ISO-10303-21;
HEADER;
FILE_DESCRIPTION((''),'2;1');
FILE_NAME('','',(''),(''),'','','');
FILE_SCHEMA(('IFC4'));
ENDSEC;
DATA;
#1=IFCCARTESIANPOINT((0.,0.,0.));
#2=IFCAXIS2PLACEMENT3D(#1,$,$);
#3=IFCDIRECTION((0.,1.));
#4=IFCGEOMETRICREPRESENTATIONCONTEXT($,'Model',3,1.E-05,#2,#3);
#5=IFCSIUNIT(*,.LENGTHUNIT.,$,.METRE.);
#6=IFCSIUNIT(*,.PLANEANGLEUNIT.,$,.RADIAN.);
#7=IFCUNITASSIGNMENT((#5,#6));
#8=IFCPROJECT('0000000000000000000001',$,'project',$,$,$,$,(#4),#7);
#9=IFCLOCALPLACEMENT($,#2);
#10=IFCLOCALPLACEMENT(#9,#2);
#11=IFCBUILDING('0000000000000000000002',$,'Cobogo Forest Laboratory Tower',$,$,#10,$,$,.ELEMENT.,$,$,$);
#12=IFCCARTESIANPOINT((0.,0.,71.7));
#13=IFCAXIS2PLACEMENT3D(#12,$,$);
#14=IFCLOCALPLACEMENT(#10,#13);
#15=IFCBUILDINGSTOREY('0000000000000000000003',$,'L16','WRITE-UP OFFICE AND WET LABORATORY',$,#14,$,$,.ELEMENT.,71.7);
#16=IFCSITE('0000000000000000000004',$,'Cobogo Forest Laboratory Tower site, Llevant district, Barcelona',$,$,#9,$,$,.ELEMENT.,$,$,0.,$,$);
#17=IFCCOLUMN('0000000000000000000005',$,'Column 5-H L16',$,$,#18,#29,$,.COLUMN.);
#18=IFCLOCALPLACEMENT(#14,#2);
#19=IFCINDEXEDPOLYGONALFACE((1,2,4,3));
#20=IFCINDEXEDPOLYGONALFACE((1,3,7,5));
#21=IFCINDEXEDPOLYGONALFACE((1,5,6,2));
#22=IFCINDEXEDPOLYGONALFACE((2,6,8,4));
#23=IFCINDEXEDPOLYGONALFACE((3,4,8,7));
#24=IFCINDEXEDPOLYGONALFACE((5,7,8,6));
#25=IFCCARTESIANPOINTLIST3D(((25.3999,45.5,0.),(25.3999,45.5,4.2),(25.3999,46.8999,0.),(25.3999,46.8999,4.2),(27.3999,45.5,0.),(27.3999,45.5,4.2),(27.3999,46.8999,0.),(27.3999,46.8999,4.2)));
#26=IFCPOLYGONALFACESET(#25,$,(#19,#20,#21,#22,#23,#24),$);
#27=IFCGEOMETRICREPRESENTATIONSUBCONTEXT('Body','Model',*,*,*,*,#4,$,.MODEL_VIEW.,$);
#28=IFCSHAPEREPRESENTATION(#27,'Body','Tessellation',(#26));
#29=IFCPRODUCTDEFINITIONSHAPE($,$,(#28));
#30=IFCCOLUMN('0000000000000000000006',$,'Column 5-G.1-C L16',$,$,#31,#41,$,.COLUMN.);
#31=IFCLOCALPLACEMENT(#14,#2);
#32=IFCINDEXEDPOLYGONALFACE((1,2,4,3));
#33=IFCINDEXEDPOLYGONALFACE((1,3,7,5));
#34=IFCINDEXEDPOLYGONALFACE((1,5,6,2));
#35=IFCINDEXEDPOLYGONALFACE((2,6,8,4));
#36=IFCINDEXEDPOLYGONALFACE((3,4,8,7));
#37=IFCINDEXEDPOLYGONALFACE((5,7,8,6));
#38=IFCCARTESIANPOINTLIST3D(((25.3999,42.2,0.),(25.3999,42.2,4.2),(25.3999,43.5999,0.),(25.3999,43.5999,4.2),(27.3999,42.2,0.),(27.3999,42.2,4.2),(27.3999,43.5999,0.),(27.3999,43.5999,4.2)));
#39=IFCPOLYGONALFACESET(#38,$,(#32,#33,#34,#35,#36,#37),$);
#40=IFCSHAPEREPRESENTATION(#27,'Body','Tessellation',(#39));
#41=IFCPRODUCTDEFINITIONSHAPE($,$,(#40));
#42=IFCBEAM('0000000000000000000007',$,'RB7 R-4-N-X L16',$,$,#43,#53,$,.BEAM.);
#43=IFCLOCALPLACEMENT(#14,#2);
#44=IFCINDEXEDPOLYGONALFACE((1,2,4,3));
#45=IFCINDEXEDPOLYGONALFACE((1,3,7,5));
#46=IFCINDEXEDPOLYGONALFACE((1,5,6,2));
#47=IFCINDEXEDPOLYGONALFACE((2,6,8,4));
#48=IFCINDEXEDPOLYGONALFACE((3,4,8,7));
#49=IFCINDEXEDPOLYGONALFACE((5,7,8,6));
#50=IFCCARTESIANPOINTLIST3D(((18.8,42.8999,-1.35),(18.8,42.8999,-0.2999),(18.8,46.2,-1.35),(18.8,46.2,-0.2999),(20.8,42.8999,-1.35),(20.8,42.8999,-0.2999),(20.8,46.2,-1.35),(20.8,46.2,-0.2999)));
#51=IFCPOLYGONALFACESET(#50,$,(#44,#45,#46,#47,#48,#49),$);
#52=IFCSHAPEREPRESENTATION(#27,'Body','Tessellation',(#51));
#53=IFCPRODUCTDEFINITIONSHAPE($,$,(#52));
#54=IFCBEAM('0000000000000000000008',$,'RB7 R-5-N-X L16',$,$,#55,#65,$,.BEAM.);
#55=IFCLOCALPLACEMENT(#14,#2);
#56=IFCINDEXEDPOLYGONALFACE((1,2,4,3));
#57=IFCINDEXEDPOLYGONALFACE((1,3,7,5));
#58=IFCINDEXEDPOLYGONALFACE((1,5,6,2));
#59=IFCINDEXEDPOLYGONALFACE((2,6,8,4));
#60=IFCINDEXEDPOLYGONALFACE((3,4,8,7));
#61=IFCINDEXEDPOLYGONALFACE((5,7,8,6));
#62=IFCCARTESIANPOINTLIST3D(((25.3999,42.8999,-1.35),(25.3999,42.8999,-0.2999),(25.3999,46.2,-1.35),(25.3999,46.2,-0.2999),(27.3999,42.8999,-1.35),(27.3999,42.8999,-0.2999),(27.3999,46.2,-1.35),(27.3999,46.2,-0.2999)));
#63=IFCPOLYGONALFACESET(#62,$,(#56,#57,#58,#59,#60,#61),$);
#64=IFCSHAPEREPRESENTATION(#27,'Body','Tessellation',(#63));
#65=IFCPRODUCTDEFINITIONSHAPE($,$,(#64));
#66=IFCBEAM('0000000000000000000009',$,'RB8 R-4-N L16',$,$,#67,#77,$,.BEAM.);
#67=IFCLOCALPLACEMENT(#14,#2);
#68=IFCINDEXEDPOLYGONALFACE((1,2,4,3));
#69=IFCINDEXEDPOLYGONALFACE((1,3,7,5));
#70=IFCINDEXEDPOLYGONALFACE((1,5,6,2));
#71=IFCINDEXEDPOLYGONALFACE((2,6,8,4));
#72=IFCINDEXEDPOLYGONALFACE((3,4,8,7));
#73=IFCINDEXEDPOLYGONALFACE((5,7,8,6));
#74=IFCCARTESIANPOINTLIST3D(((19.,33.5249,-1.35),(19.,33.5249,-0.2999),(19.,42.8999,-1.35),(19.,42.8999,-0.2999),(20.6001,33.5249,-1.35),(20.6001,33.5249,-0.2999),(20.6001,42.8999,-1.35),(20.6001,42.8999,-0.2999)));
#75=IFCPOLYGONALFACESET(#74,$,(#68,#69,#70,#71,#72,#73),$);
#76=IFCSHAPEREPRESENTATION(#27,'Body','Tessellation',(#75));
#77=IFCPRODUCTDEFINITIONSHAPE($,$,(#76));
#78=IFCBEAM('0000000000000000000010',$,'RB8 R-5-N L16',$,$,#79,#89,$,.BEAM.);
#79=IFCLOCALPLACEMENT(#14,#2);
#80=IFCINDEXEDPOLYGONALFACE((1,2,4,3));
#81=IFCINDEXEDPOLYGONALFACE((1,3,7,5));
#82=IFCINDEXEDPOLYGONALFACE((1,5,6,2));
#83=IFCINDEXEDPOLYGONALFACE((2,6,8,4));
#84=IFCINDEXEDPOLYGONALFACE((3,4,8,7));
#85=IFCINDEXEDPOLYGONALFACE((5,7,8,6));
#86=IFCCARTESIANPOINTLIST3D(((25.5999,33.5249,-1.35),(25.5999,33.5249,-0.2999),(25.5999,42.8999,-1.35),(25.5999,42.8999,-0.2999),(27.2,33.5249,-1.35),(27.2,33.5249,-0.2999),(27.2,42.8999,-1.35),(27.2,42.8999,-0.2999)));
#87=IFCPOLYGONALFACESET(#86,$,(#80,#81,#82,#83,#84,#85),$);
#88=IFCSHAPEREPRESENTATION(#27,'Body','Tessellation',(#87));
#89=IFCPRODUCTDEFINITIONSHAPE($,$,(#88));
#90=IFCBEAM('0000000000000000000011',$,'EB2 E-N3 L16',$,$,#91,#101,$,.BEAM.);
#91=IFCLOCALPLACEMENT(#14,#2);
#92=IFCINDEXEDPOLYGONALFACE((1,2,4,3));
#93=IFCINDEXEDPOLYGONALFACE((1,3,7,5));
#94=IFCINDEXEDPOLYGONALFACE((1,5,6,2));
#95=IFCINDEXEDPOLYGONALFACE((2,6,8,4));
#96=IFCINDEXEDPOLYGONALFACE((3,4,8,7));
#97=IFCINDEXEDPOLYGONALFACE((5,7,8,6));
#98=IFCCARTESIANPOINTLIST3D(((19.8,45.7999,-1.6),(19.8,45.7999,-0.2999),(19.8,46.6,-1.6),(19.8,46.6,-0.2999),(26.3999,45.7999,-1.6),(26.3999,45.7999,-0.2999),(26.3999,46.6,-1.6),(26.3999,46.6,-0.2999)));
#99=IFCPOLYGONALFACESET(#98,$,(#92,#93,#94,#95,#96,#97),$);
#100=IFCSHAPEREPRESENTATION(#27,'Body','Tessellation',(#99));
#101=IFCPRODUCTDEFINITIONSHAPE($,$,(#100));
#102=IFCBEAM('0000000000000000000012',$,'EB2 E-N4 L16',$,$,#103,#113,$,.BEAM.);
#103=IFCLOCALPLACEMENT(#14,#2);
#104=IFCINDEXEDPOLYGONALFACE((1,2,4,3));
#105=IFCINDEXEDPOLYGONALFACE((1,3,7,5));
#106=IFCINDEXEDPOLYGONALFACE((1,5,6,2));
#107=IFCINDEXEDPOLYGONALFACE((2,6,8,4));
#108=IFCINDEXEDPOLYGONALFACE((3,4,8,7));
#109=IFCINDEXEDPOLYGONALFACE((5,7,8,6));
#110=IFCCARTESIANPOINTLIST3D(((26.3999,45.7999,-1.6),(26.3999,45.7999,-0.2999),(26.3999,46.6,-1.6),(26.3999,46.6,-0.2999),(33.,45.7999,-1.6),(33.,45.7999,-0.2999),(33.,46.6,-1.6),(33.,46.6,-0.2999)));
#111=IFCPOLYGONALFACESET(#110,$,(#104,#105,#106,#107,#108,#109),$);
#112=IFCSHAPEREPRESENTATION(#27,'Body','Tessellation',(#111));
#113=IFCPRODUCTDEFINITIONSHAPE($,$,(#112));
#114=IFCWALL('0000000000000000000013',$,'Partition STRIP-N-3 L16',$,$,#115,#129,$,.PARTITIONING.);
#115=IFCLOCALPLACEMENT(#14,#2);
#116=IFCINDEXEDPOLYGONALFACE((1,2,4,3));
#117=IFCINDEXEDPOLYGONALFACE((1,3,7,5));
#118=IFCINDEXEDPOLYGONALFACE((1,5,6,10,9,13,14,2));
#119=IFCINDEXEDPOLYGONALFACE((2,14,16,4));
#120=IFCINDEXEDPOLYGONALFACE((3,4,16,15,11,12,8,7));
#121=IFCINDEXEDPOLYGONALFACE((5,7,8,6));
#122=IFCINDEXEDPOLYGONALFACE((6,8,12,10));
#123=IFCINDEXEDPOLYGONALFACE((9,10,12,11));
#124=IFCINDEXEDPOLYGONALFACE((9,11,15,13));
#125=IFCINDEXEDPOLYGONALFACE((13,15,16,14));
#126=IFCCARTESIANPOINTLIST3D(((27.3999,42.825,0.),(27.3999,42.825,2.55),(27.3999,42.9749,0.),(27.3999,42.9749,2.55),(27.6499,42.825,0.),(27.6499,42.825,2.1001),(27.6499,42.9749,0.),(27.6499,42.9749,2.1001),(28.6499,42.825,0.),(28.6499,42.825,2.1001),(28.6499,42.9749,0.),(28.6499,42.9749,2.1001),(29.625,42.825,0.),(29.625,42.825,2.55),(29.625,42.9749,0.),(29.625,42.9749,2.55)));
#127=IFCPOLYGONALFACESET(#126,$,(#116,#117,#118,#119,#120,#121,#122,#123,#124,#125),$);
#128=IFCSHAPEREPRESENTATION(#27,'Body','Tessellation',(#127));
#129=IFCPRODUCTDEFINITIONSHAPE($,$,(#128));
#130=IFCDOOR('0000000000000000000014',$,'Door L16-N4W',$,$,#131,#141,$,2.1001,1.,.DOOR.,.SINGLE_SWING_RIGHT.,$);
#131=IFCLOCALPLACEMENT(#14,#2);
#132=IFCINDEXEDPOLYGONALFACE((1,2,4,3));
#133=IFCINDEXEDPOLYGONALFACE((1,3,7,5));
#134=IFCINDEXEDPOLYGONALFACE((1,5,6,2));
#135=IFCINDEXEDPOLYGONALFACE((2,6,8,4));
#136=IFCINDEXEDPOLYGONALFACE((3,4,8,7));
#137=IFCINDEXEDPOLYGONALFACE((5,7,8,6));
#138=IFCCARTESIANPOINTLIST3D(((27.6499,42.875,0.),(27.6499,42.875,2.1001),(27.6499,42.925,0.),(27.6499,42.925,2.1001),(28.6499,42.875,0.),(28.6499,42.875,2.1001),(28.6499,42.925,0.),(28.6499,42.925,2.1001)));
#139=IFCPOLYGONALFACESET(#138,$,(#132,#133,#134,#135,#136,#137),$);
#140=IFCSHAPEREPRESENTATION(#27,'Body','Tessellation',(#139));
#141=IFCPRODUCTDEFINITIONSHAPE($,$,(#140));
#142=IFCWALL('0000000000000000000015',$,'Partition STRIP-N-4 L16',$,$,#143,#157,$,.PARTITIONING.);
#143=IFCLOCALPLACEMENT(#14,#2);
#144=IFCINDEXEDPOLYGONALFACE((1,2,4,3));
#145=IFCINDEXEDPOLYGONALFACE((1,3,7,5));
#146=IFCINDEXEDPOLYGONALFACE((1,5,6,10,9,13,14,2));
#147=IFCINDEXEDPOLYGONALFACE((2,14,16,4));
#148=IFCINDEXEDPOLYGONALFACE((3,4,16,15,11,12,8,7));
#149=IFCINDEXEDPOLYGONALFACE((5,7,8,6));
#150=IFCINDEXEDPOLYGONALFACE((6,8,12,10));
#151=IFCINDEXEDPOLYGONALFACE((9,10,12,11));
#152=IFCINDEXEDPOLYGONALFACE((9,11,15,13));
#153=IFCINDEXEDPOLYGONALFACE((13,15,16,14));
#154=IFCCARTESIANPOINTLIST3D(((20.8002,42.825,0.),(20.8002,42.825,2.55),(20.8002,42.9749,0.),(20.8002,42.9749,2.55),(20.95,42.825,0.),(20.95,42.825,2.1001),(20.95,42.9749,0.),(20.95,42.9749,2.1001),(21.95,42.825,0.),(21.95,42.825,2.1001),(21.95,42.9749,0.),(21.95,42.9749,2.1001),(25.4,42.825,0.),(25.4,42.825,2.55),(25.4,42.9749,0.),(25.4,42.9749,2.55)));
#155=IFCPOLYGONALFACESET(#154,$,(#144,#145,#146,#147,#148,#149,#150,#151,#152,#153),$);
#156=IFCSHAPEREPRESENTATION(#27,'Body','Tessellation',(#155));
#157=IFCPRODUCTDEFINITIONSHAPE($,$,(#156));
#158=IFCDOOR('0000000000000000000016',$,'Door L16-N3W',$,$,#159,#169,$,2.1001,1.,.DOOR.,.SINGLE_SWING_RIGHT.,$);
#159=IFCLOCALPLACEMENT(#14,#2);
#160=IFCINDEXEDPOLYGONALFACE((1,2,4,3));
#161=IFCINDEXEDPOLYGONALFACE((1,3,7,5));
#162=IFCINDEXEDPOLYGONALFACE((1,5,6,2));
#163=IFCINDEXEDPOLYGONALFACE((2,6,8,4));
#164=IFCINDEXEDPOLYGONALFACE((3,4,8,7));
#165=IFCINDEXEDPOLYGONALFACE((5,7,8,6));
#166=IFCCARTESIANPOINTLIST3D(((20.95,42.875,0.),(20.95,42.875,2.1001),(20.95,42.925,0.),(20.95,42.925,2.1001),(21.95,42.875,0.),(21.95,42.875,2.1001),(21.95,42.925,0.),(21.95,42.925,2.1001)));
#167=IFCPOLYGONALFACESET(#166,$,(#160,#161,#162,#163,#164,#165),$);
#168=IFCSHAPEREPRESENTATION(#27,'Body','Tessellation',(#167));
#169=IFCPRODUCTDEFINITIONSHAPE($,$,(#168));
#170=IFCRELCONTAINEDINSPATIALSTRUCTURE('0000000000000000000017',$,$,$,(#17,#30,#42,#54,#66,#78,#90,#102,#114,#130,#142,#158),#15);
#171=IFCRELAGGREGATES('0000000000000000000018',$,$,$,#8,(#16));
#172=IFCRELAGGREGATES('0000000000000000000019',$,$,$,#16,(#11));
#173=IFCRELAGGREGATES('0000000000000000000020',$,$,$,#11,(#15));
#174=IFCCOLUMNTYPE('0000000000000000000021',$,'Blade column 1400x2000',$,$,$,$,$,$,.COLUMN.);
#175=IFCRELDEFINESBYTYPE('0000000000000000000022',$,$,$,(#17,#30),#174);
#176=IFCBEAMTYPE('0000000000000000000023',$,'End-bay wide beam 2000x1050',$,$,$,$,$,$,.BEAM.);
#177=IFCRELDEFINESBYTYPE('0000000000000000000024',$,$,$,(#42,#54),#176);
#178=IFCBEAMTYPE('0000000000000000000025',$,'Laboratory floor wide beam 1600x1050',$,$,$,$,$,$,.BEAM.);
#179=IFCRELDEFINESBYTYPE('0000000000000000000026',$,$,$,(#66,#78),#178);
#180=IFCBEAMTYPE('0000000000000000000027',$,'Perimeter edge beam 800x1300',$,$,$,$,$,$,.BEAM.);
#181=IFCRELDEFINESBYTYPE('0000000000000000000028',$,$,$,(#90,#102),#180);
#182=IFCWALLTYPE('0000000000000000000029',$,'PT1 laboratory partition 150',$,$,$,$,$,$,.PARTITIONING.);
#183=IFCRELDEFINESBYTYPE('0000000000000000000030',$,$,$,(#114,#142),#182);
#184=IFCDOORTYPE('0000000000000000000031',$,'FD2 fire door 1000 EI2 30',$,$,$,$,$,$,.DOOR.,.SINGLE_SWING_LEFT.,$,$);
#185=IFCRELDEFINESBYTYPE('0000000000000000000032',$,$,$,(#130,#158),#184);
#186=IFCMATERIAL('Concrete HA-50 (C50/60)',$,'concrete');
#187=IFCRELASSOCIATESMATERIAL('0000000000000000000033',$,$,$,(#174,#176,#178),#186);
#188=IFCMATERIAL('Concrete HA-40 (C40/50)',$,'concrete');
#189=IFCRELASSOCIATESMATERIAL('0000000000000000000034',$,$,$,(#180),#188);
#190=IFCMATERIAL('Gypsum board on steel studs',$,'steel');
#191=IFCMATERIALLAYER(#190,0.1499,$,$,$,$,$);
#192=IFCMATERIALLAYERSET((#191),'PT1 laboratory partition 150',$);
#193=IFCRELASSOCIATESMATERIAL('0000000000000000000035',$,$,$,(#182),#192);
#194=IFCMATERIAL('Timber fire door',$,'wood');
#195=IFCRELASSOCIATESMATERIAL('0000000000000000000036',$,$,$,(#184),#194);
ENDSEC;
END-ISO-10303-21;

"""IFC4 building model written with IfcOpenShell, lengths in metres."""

from ifc_helpers import new_model, si_unit, direction, frame, frame_2d, origin, origin_2d, place, context, subcontext, project, spatial, rectangle, extrude, material, layer, layer_set, material_profile, profile_set, type_object, element, fill, save


model = new_model("IFC4")

# Units and contexts
model_context = context("Model", 3, precision=1e-05, world=origin(), true_north=direction((0.0, 1.0)))
body_context = subcontext(model_context, "Body", "Model", "MODEL_VIEW")
ifc_project = project(units=[si_unit("LENGTHUNIT", "METRE"), si_unit("PLANEANGLEUNIT", "RADIAN")], contexts=[model_context])

# Site, building, storey
site_placement = place(None, origin())
site = spatial("IfcSite", under=ifc_project, at=site_placement, Name="Cobogo Forest Laboratory Tower site, Llevant district, Barcelona", CompositionType="ELEMENT", RefElevation=0.0)
building_placement = place(site_placement, origin())
building = spatial("IfcBuilding", under=site, at=building_placement, Name="Cobogo Forest Laboratory Tower", CompositionType="ELEMENT")
storey_placement = place(building_placement, frame((0.0, 0.0, 71.7)))
storey = spatial("IfcBuildingStorey", under=building, at=storey_placement, Name="L16", Description="WRITE-UP OFFICE AND WET LABORATORY", CompositionType="ELEMENT", Elevation=71.7)

# Columns
ifc_material_1 = material(Name="Concrete HA-50 (C50/60)", Category="concrete")
ifc_material_profile_1 = material_profile(ifc_material_1, rectangle(XDim=2.0, YDim=1.3999, at=origin_2d()), Name="RC 1400x2000")
ifc_profile_set_1 = profile_set([ifc_material_profile_1], Name="Concrete HA-50 (C50/60)")
column_type = type_object("IfcColumnType", Name="Blade column 1400x2000", PredefinedType="COLUMN", material=ifc_profile_set_1)
for number, where, z_axis, x_axis, name in (
    (1, (26.3999, 46.2, 0.0), (0.0, 0.0, 1.0), (1.0, 0.0, 0.0), "Column 5-H L16"),
    (2, (26.3999, 42.8999, 0.0), (0.0, 0.0, 1.0), (1.0, 0.0, 0.0), "Column 5-G.1-C L16"),
):
    element("IfcColumn", number, at=place(storey_placement, frame(where, z_axis=z_axis, x_axis=x_axis)), inside=storey, type_object=column_type, Name=name, PredefinedType="COLUMN", context=body_context, shape_type="SweptSolid", body=[
        extrude(rectangle(XDim=2.0, YDim=1.3999, at=origin_2d()), origin(), (0.0, 0.0, 1.0), 4.2),
    ])

# Beams
ifc_material_profile_2 = material_profile(ifc_material_1, rectangle(XDim=2.0, YDim=1.05, at=origin_2d()), Name="RC 2000x1050")
ifc_profile_set_2 = profile_set([ifc_material_profile_2], Name="Concrete HA-50 (C50/60)")
beam_type_1 = type_object("IfcBeamType", Name="End-bay wide beam 2000x1050", PredefinedType="BEAM", material=ifc_profile_set_2)
for number, where, z_axis, x_axis, name in (
    (3, (19.8, 46.2, -0.825), (0.0, -1.0, 0.0), (1.0, 0.0, 0.0), "RB7 R-4-N-X L16"),
    (4, (26.3999, 46.2, -0.825), (0.0, -1.0, 0.0), (1.0, 0.0, 0.0), "RB7 R-5-N-X L16"),
):
    element("IfcBeam", number, at=place(storey_placement, frame(where, z_axis=z_axis, x_axis=x_axis)), inside=storey, type_object=beam_type_1, Name=name, PredefinedType="BEAM", context=body_context, shape_type="SweptSolid", body=[
        extrude(rectangle(XDim=2.0, YDim=1.05, at=origin_2d()), origin(), (0.0, 0.0, 1.0), 3.3),
    ])
ifc_material_profile_3 = material_profile(ifc_material_1, rectangle(XDim=1.6001, YDim=1.05, at=origin_2d()), Name="RC 1600x1050")
ifc_profile_set_3 = profile_set([ifc_material_profile_3], Name="Concrete HA-50 (C50/60)")
beam_type_2 = type_object("IfcBeamType", Name="Laboratory floor wide beam 1600x1050", PredefinedType="BEAM", material=ifc_profile_set_3)
for number, where, z_axis, x_axis, name in (
    (5, (19.8, 33.5249, -0.825), (0.0, 1.0, 0.0), (-1.0, 0.0, 0.0), "RB8 R-4-N L16"),
    (6, (26.3999, 33.5249, -0.825), (0.0, 1.0, 0.0), (-1.0, 0.0, 0.0), "RB8 R-5-N L16"),
):
    element("IfcBeam", number, at=place(storey_placement, frame(where, z_axis=z_axis, x_axis=x_axis)), inside=storey, type_object=beam_type_2, Name=name, PredefinedType="BEAM", context=body_context, shape_type="SweptSolid", body=[
        extrude(rectangle(XDim=1.6001, YDim=1.05, at=origin_2d()), origin(), (0.0, 0.0, 1.0), 9.375),
    ])
ifc_material_2 = material(Name="Concrete HA-40 (C40/50)", Category="concrete")
ifc_material_profile_4 = material_profile(ifc_material_2, rectangle(XDim=0.8, YDim=1.3, at=origin_2d()), Name="RC 800x1300")
ifc_profile_set_4 = profile_set([ifc_material_profile_4], Name="Concrete HA-40 (C40/50)")
beam_type_3 = type_object("IfcBeamType", Name="Perimeter edge beam 800x1300", PredefinedType="BEAM", material=ifc_profile_set_4)
beam_1_placement = place(storey_placement, frame((19.8, 46.2, -0.95), z_axis=(1.0, 0.0, 0.0), x_axis=(0.0, 1.0, 0.0)))
element("IfcBeam", 7, at=beam_1_placement, inside=storey, type_object=beam_type_3, Name="EB2 E-N3 L16", PredefinedType="BEAM", context=body_context, shape_type="SweptSolid", body=[
    extrude(rectangle(XDim=0.8, YDim=1.3, at=origin_2d()), origin(), (0.0, 0.0, 1.0), 6.5999),
])
beam_2_placement = place(storey_placement, frame((26.3999, 46.2, -0.95), z_axis=(1.0, 0.0, 0.0), x_axis=(0.0, 1.0, 0.0)))
element("IfcBeam", 8, at=beam_2_placement, inside=storey, type_object=beam_type_3, Name="EB2 E-N4 L16", PredefinedType="BEAM", context=body_context, shape_type="SweptSolid", body=[
    extrude(rectangle(XDim=0.8, YDim=1.3, at=origin_2d()), origin(), (0.0, 0.0, 1.0), 6.6001),
])

# Walls, openings, doors
ifc_material_3 = material(Name="Gypsum board on steel studs", Category="steel")
ifc_layer_1 = layer(ifc_material_3, 0.1499)
ifc_layer_set_1 = layer_set([ifc_layer_1], Name="PT1 laboratory partition 150")
wall_type_1 = type_object("IfcWallType", Name="PT1 laboratory partition 150", PredefinedType="PARTITIONING", material=ifc_layer_set_1)
wall_1_placement = place(storey_placement, frame((29.625, 42.8999, 0.0), z_axis=(0.0, 0.0, 1.0), x_axis=(-1.0, 0.0, 0.0)))
wall_1 = element("IfcWall", 9, at=wall_1_placement, inside=storey, type_object=wall_type_1, Name="Partition STRIP-N-3 L16", PredefinedType="PARTITIONING", context=body_context, shape_type="SweptSolid", body=[
    extrude(rectangle(XDim=2.2251, YDim=0.1499, at=frame_2d((1.1125, 0.0))), origin(), (0.0, 0.0, 1.0), 2.55),
])
opening_1_placement = place(wall_1_placement, frame((0.9751, 0.0, 0.0)))
opening_1 = element("IfcOpeningElement", 10, at=opening_1_placement, cuts=wall_1, PredefinedType="OPENING", context=body_context, shape_type="SweptSolid", body=[
    extrude(rectangle(XDim=1.0, YDim=2.1001, at=frame_2d((0.5, 1.05))), frame((0.0, 0.085, 0.0), z_axis=(0.0, -1.0, 0.0), x_axis=(1.0, 0.0, 0.0)), (0.0, 0.0, 1.0), 0.1699),
])
ifc_material_4 = material(Name="Timber fire door", Category="wood")
door_type_1 = type_object("IfcDoorType", Name="FD2 fire door 1000 EI2 30", OperationType="SINGLE_SWING_LEFT", PredefinedType="DOOR", material=ifc_material_4)
door_1_placement = place(opening_1_placement, origin())
door_1 = element("IfcDoor", 11, at=door_1_placement, inside=storey, type_object=door_type_1, Name="Door L16-N4W", OperationType="SINGLE_SWING_RIGHT", OverallHeight=2.1001, OverallWidth=1.0, PredefinedType="DOOR", context=body_context, shape_type="SweptSolid", body=[
    extrude(rectangle(XDim=1.0, YDim=2.1001, at=frame_2d((0.5, 1.05))), frame((0.0, 0.0249, 0.0), z_axis=(0.0, -1.0, 0.0), x_axis=(1.0, 0.0, 0.0)), (0.0, 0.0, 1.0), 0.05),
])
fill(opening_1, door_1)
wall_2_placement = place(storey_placement, frame((25.3999, 42.8999, 0.0), z_axis=(0.0, 0.0, 1.0), x_axis=(-1.0, 0.0, 0.0)))
wall_2 = element("IfcWall", 12, at=wall_2_placement, inside=storey, type_object=wall_type_1, Name="Partition STRIP-N-4 L16", PredefinedType="PARTITIONING", context=body_context, shape_type="SweptSolid", body=[
    extrude(rectangle(XDim=4.5999, YDim=0.1499, at=frame_2d((2.2998, 0.0))), origin(), (0.0, 0.0, 1.0), 2.55),
])
opening_2_placement = place(wall_2_placement, frame((3.45, 0.0, 0.0)))
opening_2 = element("IfcOpeningElement", 13, at=opening_2_placement, cuts=wall_2, PredefinedType="OPENING", context=body_context, shape_type="SweptSolid", body=[
    extrude(rectangle(XDim=1.0, YDim=2.1001, at=frame_2d((0.5, 1.05))), frame((0.0, 0.085, 0.0), z_axis=(0.0, -1.0, 0.0), x_axis=(1.0, 0.0, 0.0)), (0.0, 0.0, 1.0), 0.1699),
])
door_2_placement = place(opening_2_placement, origin())
door_2 = element("IfcDoor", 14, at=door_2_placement, inside=storey, type_object=door_type_1, Name="Door L16-N3W", OperationType="SINGLE_SWING_RIGHT", OverallHeight=2.1001, OverallWidth=1.0, PredefinedType="DOOR", context=body_context, shape_type="SweptSolid", body=[
    extrude(rectangle(XDim=1.0, YDim=2.1001, at=frame_2d((0.5, 1.05))), frame((0.0, 0.0249, 0.0), z_axis=(0.0, -1.0, 0.0), x_axis=(1.0, 0.0, 0.0)), (0.0, 0.0, 1.0), 0.05),
])
fill(opening_2, door_2)

save(model, "model.ifc")
